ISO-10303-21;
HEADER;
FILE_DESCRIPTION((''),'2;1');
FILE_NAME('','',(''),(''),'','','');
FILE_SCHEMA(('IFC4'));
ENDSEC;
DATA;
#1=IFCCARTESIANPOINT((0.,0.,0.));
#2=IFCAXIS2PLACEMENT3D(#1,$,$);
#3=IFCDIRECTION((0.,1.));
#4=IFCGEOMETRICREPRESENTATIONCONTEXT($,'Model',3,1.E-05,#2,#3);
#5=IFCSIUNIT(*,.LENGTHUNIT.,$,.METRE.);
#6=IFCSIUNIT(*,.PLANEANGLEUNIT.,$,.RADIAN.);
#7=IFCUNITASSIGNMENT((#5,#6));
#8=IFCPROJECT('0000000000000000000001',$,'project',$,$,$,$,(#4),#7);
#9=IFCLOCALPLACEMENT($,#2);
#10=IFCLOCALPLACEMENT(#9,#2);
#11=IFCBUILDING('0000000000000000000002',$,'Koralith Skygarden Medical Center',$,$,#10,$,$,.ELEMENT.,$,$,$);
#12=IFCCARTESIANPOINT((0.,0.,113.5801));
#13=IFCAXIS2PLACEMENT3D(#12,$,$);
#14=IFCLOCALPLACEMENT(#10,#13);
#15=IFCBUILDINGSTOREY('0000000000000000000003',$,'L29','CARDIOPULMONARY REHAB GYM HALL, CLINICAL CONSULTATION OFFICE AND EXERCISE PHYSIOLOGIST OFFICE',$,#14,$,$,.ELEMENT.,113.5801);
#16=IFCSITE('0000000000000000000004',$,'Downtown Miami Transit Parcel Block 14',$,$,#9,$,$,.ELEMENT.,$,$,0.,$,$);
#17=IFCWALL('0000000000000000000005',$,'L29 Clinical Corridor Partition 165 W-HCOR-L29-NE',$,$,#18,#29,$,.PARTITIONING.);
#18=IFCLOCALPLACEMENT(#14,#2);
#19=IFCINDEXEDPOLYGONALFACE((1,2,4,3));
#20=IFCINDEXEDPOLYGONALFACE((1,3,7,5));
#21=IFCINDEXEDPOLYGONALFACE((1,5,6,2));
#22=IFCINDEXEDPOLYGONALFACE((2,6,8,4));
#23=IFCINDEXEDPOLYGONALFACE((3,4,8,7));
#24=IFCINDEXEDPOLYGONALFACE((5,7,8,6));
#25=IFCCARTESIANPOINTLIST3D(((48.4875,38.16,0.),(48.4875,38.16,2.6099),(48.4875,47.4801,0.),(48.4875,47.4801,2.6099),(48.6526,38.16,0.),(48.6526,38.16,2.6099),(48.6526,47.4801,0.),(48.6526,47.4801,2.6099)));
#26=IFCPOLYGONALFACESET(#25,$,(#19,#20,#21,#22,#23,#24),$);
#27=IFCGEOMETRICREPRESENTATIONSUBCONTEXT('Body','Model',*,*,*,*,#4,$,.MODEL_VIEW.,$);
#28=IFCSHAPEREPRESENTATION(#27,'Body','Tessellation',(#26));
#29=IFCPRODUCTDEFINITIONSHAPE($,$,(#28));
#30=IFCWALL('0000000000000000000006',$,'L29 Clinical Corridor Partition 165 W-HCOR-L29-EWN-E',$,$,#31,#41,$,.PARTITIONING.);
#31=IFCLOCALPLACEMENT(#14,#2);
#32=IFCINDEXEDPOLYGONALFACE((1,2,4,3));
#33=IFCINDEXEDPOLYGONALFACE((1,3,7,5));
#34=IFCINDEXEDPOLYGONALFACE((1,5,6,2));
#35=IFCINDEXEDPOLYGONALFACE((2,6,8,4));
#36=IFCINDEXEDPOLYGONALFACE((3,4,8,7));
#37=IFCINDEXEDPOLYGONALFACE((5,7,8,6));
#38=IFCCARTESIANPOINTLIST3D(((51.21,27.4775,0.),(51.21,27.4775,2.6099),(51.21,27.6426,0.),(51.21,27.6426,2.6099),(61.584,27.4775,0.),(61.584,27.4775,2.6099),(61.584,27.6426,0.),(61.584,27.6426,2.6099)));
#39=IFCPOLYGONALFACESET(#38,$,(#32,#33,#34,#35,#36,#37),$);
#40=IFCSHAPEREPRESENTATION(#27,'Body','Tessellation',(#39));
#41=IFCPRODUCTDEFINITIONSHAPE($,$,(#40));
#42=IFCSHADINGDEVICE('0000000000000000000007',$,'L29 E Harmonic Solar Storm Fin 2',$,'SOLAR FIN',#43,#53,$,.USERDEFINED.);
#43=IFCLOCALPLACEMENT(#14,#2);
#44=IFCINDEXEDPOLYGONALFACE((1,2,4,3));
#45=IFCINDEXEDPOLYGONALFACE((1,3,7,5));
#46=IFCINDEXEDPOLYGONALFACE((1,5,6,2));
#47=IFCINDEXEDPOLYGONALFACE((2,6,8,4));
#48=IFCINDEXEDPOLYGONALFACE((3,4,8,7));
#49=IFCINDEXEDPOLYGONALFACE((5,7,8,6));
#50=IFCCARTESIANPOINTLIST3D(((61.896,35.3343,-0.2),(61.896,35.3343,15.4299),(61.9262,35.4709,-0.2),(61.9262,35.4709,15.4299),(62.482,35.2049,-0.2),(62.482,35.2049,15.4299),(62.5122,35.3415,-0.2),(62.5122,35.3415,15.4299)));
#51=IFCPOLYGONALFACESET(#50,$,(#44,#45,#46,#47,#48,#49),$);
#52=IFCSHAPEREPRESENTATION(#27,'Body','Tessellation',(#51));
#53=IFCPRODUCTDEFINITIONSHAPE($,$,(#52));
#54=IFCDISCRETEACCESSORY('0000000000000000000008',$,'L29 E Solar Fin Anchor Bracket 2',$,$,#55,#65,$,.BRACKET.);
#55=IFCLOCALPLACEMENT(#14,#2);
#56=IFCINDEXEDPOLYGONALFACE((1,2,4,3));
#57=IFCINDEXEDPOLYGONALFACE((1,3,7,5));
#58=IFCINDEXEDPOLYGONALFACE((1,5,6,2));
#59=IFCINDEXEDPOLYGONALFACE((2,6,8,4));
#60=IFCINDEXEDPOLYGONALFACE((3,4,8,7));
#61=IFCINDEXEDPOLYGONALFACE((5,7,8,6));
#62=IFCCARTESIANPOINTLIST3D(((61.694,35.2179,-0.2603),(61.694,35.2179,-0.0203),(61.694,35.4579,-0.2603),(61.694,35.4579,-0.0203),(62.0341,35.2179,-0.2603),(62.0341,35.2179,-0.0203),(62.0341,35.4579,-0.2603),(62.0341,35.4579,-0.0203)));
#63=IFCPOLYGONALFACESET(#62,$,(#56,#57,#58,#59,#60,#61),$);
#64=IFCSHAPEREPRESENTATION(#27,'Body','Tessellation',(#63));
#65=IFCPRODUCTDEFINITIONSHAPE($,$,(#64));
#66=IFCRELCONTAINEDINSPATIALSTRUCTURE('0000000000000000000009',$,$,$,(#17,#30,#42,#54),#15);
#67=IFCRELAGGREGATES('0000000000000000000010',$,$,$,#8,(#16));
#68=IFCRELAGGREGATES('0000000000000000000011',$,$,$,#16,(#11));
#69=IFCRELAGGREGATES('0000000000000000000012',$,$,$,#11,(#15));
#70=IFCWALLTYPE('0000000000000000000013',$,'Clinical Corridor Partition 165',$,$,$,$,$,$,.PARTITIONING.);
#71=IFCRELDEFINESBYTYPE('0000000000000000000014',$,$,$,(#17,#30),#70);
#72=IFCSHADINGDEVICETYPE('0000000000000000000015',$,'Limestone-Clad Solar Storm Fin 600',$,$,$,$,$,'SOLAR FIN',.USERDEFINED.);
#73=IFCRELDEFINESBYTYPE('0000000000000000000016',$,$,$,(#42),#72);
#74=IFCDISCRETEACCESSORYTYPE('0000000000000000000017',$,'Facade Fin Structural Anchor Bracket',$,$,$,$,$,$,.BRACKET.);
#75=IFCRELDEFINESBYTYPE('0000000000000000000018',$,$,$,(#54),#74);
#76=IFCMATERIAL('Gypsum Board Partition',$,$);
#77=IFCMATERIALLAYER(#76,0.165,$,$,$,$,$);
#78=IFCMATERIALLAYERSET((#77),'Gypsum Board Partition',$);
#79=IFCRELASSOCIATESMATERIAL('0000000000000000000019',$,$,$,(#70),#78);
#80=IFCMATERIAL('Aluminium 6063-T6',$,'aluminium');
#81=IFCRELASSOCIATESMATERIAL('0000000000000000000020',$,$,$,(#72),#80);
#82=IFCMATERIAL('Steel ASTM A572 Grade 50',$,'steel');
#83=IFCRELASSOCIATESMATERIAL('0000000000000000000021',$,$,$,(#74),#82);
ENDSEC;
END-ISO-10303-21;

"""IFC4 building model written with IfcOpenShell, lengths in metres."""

from ifc_helpers import new_model, si_unit, direction, frame, frame_2d, origin, origin_2d, place, context, subcontext, project, spatial, rectangle, extrude, material, layer, layer_set, type_object, element, save


model = new_model("IFC4")

# Units and contexts
model_context = context("Model", 3, precision=1e-05, world=origin(), true_north=direction((0.0, 1.0)))
body_context = subcontext(model_context, "Body", "Model", "MODEL_VIEW")
ifc_project = project(units=[si_unit("LENGTHUNIT", "METRE"), si_unit("PLANEANGLEUNIT", "RADIAN")], contexts=[model_context])

# Site, building, storey
site_placement = place(None, origin())
site = spatial("IfcSite", under=ifc_project, at=site_placement, Name="Downtown Miami Transit Parcel Block 14", CompositionType="ELEMENT", RefElevation=0.0)
building_placement = place(site_placement, origin())
building = spatial("IfcBuilding", under=site, at=building_placement, Name="Koralith Skygarden Medical Center", CompositionType="ELEMENT")
storey_placement = place(building_placement, frame((0.0, 0.0, 113.5801)))
storey = spatial("IfcBuildingStorey", under=building, at=storey_placement, Name="L29", Description="CARDIOPULMONARY REHAB GYM HALL, CLINICAL CONSULTATION OFFICE AND EXERCISE PHYSIOLOGIST OFFICE", CompositionType="ELEMENT", Elevation=113.5801)

# Shared definitions
ifc_material_1 = material(Name="Aluminium 6063-T6", Category="aluminium")

# Walls
ifc_material_2 = material(Name="Gypsum Board Partition")
ifc_layer_1 = layer(ifc_material_2, 0.165)
ifc_layer_set_1 = layer_set([ifc_layer_1], Name="Gypsum Board Partition")
wall_type_1 = type_object("IfcWallType", Name="Clinical Corridor Partition 165", PredefinedType="PARTITIONING", material=ifc_layer_set_1)
wall_1_placement = place(storey_placement, frame((48.5701, 38.1599, 0.0), z_axis=(0.0, 0.0, 1.0), x_axis=(0.0, 1.0, 0.0)))
element("IfcWall", 1, at=wall_1_placement, inside=storey, type_object=wall_type_1, Name="L29 Clinical Corridor Partition 165 W-HCOR-L29-NE", PredefinedType="PARTITIONING", context=body_context, shape_type="SweptSolid", body=[
    extrude(rectangle(XDim=9.3201, YDim=0.165, at=frame_2d((4.6602, 0.0))), origin(), (0.0, 0.0, 1.0), 2.6099),
])
wall_2_placement = place(storey_placement, frame((51.21, 27.5601, 0.0), z_axis=(0.0, 0.0, 1.0), x_axis=(1.0, 0.0, 0.0)))
element("IfcWall", 2, at=wall_2_placement, inside=storey, type_object=wall_type_1, Name="L29 Clinical Corridor Partition 165 W-HCOR-L29-EWN-E", PredefinedType="PARTITIONING", context=body_context, shape_type="SweptSolid", body=[
    extrude(rectangle(XDim=10.374, YDim=0.165, at=frame_2d((5.187, 0.0))), origin(), (0.0, 0.0, 1.0), 2.6099),
])

# Shading device
shading_device_type = type_object("IfcShadingDeviceType", Name="Limestone-Clad Solar Storm Fin 600", ElementType="SOLAR FIN", PredefinedType="USERDEFINED", material=ifc_material_1)
shading_device_placement = place(storey_placement, frame((62.2041, 35.3379, -0.2), z_axis=(0.0, 0.0, 1.0), x_axis=(0.976492, -0.215553, 0.0)))
element("IfcShadingDevice", 3, at=shading_device_placement, inside=storey, type_object=shading_device_type, Name="L29 E Harmonic Solar Storm Fin 2", ObjectType="SOLAR FIN", PredefinedType="USERDEFINED", context=body_context, shape_type="SweptSolid", body=[
    extrude(rectangle(XDim=0.6001, YDim=0.1399, at=origin_2d()), origin(), (0.0, 0.0, 1.0), 15.6299),
])

# Discrete accessory
ifc_material_3 = material(Name="Steel ASTM A572 Grade 50", Category="steel")
discrete_accessory_type = type_object("IfcDiscreteAccessoryType", Name="Facade Fin Structural Anchor Bracket", PredefinedType="BRACKET", material=ifc_material_3)
discrete_accessory_placement = place(storey_placement, frame((61.864, 35.3379, -0.2603), z_axis=(0.0, 0.0, 1.0), x_axis=(1.0, 0.0, 0.0)))
element("IfcDiscreteAccessory", 4, at=discrete_accessory_placement, inside=storey, type_object=discrete_accessory_type, Name="L29 E Solar Fin Anchor Bracket 2", PredefinedType="BRACKET", context=body_context, shape_type="SweptSolid", body=[
    extrude(rectangle(XDim=0.3401, YDim=0.24, at=origin_2d()), origin(), (0.0, 0.0, 1.0), 0.24),
])

save(model, "model.ifc")
